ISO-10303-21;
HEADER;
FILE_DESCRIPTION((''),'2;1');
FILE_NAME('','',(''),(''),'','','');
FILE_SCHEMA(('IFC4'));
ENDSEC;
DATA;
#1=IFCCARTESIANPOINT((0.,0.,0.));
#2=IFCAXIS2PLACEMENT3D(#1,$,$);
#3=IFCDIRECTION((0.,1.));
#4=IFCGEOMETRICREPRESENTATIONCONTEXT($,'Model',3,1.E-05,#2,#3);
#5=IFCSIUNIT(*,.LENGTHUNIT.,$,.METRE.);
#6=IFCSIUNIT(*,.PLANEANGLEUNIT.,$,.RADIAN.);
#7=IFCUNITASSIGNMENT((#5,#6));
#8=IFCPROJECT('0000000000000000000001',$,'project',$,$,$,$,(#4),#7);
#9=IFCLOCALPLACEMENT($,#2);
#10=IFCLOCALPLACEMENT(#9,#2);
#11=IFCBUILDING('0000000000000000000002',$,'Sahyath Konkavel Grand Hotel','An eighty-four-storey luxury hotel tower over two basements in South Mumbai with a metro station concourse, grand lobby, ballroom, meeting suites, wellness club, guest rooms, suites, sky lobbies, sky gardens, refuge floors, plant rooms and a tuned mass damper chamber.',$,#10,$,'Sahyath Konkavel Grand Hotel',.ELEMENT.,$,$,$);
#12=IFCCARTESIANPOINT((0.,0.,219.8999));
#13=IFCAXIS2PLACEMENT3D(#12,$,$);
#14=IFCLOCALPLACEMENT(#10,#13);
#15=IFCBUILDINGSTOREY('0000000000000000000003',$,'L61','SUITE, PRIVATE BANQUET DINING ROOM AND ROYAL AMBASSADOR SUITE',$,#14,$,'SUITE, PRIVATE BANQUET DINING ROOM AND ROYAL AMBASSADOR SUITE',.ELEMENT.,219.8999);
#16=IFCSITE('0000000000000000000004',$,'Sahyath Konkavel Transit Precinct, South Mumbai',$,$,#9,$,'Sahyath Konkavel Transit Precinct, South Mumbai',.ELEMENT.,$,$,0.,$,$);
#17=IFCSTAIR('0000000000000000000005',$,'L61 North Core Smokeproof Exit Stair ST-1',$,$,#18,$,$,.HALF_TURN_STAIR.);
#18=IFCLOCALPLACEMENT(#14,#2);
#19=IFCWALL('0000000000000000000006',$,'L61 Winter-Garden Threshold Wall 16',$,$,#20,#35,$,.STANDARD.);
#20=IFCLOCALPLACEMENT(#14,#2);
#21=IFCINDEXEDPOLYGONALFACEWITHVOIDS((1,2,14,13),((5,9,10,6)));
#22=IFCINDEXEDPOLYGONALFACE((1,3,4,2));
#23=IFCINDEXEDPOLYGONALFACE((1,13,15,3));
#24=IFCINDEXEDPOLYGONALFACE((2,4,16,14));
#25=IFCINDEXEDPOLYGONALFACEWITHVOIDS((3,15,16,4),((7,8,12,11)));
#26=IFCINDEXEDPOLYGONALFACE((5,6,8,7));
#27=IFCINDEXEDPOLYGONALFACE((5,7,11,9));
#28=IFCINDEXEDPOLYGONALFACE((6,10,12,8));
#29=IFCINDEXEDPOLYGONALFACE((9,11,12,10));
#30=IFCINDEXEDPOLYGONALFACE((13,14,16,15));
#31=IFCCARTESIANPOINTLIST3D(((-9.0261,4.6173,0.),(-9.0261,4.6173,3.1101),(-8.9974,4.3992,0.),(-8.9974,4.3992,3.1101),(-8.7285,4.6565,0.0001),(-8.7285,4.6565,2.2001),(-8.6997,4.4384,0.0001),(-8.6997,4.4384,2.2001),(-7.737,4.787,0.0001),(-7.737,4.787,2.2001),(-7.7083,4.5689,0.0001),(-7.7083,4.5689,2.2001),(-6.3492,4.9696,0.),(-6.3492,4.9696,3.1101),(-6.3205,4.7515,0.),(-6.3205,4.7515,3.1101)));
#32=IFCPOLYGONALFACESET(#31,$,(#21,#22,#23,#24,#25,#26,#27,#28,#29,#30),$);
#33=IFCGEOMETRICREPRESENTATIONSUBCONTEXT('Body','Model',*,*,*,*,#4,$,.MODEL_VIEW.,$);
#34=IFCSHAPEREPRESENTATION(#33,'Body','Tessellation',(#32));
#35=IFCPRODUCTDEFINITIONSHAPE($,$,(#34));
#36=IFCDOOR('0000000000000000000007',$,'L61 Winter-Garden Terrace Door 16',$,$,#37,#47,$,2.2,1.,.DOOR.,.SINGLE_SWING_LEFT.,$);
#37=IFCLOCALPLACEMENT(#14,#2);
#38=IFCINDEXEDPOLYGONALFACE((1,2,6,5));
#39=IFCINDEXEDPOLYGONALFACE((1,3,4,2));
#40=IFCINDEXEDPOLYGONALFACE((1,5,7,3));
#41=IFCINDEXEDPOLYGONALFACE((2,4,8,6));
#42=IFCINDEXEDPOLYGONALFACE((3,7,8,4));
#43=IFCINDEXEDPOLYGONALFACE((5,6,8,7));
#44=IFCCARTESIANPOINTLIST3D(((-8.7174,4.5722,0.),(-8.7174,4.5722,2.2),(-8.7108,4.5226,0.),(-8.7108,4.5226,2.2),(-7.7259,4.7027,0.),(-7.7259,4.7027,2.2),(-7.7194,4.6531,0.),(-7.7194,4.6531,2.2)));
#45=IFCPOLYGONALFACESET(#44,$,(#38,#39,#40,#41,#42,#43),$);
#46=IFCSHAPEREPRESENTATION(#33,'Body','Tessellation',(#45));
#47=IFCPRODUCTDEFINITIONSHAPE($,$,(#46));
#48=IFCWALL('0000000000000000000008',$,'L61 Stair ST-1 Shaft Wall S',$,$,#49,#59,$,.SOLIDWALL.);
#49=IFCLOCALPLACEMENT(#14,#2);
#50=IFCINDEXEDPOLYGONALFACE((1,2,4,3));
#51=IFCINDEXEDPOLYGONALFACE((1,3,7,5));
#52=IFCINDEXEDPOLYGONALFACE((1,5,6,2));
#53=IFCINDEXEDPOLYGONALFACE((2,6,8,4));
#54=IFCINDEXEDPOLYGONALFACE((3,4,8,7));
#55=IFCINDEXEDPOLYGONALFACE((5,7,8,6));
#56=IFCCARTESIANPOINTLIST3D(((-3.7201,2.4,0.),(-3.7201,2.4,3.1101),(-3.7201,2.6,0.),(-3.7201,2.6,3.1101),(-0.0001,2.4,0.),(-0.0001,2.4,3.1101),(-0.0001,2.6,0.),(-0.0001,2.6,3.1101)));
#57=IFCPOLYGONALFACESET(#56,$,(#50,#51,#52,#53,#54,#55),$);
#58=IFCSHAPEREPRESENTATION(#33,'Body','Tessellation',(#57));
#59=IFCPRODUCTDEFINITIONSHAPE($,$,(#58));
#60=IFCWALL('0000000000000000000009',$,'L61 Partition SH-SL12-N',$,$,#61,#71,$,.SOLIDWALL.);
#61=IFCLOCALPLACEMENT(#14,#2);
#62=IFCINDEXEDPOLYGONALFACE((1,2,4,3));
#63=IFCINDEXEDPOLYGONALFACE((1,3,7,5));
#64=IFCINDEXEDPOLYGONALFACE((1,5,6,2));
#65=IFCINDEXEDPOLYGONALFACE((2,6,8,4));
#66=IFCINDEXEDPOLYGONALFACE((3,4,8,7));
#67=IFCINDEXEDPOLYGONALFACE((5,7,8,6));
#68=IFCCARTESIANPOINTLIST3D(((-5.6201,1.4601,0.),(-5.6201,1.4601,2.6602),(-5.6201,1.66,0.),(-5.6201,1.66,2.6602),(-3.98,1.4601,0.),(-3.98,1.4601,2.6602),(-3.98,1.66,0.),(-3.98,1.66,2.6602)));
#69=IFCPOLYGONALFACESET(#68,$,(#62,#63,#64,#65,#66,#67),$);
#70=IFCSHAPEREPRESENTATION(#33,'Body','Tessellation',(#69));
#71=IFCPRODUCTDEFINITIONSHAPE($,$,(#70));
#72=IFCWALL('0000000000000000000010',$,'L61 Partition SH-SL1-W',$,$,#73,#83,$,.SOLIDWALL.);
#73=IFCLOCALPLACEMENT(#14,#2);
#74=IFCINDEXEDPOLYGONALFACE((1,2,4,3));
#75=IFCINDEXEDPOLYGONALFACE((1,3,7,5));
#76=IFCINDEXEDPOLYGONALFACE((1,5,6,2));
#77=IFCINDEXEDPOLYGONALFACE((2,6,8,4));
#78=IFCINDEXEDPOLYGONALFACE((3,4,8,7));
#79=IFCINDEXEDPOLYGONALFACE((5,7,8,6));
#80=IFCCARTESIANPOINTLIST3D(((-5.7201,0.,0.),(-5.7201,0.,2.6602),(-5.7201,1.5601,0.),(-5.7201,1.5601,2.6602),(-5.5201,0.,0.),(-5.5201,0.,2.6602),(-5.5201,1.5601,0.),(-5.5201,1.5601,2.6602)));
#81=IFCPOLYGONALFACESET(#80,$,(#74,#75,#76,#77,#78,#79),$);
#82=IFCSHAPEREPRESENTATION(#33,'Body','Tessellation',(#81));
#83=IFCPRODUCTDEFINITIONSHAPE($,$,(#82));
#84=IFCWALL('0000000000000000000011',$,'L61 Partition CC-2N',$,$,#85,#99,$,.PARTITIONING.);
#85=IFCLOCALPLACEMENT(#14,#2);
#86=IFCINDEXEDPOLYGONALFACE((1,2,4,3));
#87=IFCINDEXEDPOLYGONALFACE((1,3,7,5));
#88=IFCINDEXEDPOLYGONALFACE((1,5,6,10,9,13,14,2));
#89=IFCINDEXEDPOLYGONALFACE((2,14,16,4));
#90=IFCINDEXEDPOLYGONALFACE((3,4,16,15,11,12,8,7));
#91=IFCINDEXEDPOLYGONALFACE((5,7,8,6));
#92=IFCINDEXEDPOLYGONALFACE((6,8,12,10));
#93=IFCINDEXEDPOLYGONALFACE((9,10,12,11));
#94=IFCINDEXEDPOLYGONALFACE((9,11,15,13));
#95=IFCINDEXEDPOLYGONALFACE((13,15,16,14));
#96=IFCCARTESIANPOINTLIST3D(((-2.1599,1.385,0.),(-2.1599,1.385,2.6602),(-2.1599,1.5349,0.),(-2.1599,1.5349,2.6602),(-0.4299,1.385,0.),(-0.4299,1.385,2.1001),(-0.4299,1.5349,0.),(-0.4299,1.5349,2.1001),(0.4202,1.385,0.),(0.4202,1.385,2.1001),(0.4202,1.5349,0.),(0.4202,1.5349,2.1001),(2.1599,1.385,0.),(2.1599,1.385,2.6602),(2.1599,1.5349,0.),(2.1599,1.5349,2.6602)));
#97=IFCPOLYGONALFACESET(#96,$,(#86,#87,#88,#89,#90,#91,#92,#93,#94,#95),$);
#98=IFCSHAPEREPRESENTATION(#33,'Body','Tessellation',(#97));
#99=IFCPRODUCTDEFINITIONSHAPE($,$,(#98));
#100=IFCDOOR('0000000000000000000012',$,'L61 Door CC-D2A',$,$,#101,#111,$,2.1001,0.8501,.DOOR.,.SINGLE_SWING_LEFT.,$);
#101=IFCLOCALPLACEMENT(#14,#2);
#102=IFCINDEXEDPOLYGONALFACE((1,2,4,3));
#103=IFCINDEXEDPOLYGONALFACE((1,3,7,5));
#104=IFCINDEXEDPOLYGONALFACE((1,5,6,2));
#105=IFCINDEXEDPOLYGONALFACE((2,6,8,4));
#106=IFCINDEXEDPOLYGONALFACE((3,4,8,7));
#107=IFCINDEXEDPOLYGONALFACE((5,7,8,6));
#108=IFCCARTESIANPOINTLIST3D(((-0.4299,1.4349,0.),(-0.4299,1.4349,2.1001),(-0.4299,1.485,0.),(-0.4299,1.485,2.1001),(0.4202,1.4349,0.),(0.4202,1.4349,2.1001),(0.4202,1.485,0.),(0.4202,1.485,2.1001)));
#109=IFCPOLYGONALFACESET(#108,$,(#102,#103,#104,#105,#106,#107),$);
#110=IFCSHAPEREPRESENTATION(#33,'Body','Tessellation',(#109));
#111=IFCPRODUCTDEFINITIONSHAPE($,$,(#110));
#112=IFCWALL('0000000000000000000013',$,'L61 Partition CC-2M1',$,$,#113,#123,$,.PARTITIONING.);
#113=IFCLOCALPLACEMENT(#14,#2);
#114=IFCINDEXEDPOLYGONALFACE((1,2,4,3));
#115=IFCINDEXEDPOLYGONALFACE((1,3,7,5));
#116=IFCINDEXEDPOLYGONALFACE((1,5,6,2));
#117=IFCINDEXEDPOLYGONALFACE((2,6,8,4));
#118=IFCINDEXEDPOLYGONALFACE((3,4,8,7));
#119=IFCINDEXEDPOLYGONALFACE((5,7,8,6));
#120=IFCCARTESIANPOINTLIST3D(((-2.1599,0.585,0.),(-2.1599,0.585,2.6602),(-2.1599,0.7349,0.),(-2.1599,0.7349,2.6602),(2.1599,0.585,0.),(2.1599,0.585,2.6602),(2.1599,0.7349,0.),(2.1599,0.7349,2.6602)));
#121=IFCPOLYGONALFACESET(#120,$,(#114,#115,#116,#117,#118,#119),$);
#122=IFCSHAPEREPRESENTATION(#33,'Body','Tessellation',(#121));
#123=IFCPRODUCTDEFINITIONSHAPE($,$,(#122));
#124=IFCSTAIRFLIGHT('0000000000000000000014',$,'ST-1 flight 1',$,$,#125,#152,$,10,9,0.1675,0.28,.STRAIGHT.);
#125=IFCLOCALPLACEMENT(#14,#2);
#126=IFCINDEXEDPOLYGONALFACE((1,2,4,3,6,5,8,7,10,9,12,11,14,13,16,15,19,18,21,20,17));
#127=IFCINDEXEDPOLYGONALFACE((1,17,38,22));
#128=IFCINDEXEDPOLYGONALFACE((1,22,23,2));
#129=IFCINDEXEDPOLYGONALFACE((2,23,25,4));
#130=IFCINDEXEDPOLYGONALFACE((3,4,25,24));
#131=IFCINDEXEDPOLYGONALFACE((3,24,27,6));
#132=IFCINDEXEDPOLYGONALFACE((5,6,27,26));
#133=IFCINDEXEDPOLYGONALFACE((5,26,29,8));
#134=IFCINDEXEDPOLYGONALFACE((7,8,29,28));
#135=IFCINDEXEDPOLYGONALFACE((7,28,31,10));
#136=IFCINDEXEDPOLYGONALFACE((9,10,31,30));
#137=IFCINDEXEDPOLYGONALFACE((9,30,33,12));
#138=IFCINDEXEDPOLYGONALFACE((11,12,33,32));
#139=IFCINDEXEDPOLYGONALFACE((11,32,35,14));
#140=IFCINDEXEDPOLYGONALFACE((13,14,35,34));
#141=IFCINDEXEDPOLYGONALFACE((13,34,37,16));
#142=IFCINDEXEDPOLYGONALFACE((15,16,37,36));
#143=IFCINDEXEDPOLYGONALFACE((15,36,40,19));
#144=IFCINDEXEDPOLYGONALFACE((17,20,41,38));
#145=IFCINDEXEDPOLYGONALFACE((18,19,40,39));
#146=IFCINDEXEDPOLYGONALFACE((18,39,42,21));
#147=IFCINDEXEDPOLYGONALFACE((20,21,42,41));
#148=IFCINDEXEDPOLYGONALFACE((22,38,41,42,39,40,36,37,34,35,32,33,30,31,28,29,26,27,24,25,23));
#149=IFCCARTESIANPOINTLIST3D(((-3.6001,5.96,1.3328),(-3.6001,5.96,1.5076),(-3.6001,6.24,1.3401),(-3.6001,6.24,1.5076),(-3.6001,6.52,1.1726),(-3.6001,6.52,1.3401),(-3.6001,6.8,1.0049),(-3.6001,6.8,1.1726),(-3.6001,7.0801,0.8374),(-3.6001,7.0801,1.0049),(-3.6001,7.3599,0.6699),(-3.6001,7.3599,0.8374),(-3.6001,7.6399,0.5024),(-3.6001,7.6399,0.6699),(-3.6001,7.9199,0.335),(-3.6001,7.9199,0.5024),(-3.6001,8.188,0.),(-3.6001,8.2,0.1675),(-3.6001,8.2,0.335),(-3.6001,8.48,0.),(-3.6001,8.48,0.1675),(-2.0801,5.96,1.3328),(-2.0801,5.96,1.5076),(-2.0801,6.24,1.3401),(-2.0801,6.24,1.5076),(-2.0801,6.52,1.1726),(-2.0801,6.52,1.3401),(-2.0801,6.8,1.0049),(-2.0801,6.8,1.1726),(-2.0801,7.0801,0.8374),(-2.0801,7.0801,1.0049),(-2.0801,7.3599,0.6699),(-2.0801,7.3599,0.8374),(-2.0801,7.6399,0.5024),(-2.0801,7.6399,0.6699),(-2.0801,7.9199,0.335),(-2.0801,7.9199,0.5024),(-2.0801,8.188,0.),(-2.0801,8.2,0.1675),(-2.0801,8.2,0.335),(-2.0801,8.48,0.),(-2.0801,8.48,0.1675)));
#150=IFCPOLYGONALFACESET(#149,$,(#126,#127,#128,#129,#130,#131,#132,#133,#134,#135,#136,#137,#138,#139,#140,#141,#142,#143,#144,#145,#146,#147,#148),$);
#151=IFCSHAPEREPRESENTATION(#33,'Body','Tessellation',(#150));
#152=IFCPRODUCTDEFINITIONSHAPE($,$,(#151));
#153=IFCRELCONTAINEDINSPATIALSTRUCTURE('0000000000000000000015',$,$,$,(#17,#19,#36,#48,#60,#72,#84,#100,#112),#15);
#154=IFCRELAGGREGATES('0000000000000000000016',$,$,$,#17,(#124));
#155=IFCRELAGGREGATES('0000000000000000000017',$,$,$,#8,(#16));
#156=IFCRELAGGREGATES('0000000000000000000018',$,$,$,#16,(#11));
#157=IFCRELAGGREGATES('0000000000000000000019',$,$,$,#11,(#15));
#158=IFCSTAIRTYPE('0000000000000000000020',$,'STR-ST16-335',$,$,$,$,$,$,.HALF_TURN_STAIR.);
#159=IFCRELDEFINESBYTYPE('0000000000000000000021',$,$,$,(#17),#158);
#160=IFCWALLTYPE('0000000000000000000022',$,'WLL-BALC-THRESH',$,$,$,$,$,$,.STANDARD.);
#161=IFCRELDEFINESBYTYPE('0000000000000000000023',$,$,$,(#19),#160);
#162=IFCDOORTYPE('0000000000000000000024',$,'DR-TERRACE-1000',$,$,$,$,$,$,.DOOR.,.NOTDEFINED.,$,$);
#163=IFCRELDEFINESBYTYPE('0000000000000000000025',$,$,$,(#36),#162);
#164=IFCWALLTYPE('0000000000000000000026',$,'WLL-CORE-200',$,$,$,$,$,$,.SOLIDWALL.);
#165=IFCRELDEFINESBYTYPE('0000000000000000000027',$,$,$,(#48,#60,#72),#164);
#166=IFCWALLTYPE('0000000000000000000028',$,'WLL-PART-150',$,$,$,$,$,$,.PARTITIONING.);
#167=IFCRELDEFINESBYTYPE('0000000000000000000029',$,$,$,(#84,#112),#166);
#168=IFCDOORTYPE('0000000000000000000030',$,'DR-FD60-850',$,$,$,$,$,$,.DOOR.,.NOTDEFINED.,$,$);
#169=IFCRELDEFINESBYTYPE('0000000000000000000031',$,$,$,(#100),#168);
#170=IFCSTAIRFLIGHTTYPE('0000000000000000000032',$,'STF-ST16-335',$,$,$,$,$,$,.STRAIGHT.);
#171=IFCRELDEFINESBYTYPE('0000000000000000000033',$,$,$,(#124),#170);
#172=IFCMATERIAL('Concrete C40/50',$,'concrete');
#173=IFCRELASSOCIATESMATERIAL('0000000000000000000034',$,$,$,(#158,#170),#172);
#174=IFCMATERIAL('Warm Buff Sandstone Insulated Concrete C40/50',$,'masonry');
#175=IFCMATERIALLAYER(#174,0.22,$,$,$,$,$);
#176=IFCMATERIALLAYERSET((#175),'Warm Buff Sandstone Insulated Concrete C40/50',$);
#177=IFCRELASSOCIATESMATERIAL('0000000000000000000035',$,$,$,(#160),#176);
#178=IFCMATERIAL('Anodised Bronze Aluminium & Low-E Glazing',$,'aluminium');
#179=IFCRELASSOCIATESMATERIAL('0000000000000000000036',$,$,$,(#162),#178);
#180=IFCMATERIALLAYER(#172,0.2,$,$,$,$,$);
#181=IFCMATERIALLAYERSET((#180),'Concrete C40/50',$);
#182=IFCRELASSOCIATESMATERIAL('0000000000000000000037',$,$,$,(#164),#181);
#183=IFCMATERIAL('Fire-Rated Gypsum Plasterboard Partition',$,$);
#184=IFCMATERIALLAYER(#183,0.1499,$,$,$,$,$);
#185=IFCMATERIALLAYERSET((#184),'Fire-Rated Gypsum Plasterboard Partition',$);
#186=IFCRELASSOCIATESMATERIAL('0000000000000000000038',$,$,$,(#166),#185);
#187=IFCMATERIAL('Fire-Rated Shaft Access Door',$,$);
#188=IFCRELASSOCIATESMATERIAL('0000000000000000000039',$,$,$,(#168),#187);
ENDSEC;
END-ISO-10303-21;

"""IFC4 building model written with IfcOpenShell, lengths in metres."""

from ifc_helpers import new_model, si_unit, direction, frame, frame_2d, origin, origin_2d, place, context, subcontext, project, spatial, polyline, rectangle, outline, extrude, source, transform, mapped, material, layer, layer_set, type_object, element, fill, aggregate, save


model = new_model("IFC4")

# Units and contexts
model_context = context("Model", 3, precision=1e-05, world=origin(), true_north=direction((0.0, 1.0)))
body_context = subcontext(model_context, "Body", "Model", "MODEL_VIEW")
ifc_project = project(units=[si_unit("LENGTHUNIT", "METRE"), si_unit("PLANEANGLEUNIT", "RADIAN")], contexts=[model_context])

# Site, building, storey
site_placement = place(None, origin())
site = spatial("IfcSite", under=ifc_project, at=site_placement, Name="Sahyath Konkavel Transit Precinct, South Mumbai", LongName="Sahyath Konkavel Transit Precinct, South Mumbai", CompositionType="ELEMENT", RefElevation=0.0)
building_placement = place(site_placement, origin())
building = spatial("IfcBuilding", under=site, at=building_placement, Name="Sahyath Konkavel Grand Hotel", Description="An eighty-four-storey luxury hotel tower over two basements in South Mumbai with a metro station concourse, grand lobby, ballroom, meeting suites, wellness club, guest rooms, suites, sky lobbies, sky gardens, refuge floors, plant rooms and a tuned mass damper chamber.", LongName="Sahyath Konkavel Grand Hotel", CompositionType="ELEMENT")
storey_placement = place(building_placement, frame((0.0, 0.0, 219.8999)))
storey = spatial("IfcBuildingStorey", under=building, at=storey_placement, Name="L61", Description="SUITE, PRIVATE BANQUET DINING ROOM AND ROYAL AMBASSADOR SUITE", LongName="SUITE, PRIVATE BANQUET DINING ROOM AND ROYAL AMBASSADOR SUITE", CompositionType="ELEMENT", Elevation=219.8999)

# Shared definitions
ifc_material_1 = material(Name="Concrete C40/50", Category="concrete")

# Shared definitions
ifc_material_2 = material(Name="Anodised Bronze Aluminium & Low-E Glazing", Category="aluminium")

# Stair
stair_type = type_object("IfcStairType", Name="STR-ST16-335", PredefinedType="HALF_TURN_STAIR", material=ifc_material_1)
stair_1_placement = place(storey_placement, origin())
stair_1 = element("IfcStair", 1, at=stair_1_placement, inside=storey, type_object=stair_type, Name="L61 North Core Smokeproof Exit Stair ST-1", PredefinedType="HALF_TURN_STAIR")

# Wall, opening, door
ifc_material_3 = material(Name="Warm Buff Sandstone Insulated Concrete C40/50", Category="masonry")
ifc_layer_1 = layer(ifc_material_3, 0.22)
ifc_layer_set_1 = layer_set([ifc_layer_1], Name="Warm Buff Sandstone Insulated Concrete C40/50")
wall_type_1 = type_object("IfcWallType", Name="WLL-BALC-THRESH", PredefinedType="STANDARD", material=ifc_layer_set_1)
wall_1_placement = place(storey_placement, frame((-6.3347, 4.8606, 0.0), z_axis=(0.0, 0.0, 1.0), x_axis=(-0.99145, -0.130487, 0.0)))
wall_1 = element("IfcWall", 2, at=wall_1_placement, inside=storey, type_object=wall_type_1, Name="L61 Winter-Garden Threshold Wall 16", PredefinedType="STANDARD", context=body_context, shape_type="SweptSolid", body=[
    extrude(rectangle(XDim=2.7, YDim=0.22, at=frame_2d((1.3501, 0.0))), origin(), (0.0, 0.0, 1.0), 3.1101),
])
opening_1_placement = place(wall_1_placement, frame((1.3999, 0.0, 0.0)))
opening_1 = element("IfcOpeningElement", 3, at=opening_1_placement, cuts=wall_1, PredefinedType="OPENING", context=body_context, shape_type="SweptSolid", body=[
    extrude(rectangle(XDim=1.0, YDim=2.2, at=frame_2d((0.5, 1.1001))), frame((0.0, 0.1201, 0.0), z_axis=(0.0, -1.0, 0.0), x_axis=(1.0, 0.0, 0.0)), (0.0, 0.0, 1.0), 0.24),
])
door_type_1 = type_object("IfcDoorType", Name="DR-TERRACE-1000", OperationType="NOTDEFINED", PredefinedType="DOOR", material=ifc_material_2)
shared_shape_1 = source(origin(), body_context, "Body", "SweptSolid", [
    extrude(rectangle(XDim=1.0, YDim=0.05, at=origin_2d()), origin(), (0.0, 0.0, 1.0), 2.2),
])
door_1_placement = place(opening_1_placement, frame((0.5, 0.0, 0.0)))
door_1 = element("IfcDoor", 4, at=door_1_placement, inside=storey, type_object=door_type_1, Name="L61 Winter-Garden Terrace Door 16", OperationType="SINGLE_SWING_LEFT", OverallHeight=2.2, OverallWidth=1.0, PredefinedType="DOOR", context=body_context, shape_type="MappedRepresentation", body=[
    mapped(shared_shape_1, transform((0.0, 0.0, 0.0), scale=1.0)),
])
fill(opening_1, door_1)

# Walls
ifc_layer_2 = layer(ifc_material_1, 0.2)
ifc_layer_set_2 = layer_set([ifc_layer_2], Name="Concrete C40/50")
wall_type_2 = type_object("IfcWallType", Name="WLL-CORE-200", PredefinedType="SOLIDWALL", material=ifc_layer_set_2)
wall_2_placement = place(storey_placement, frame((-3.72, 2.5, 0.0), z_axis=(0.0, 0.0, 1.0), x_axis=(1.0, 0.0, 0.0)))
element("IfcWall", 5, at=wall_2_placement, inside=storey, type_object=wall_type_2, Name="L61 Stair ST-1 Shaft Wall S", PredefinedType="SOLIDWALL", context=body_context, shape_type="SweptSolid", body=[
    extrude(rectangle(XDim=3.72, YDim=0.2, at=frame_2d((1.8599, 0.0))), origin(), (0.0, 0.0, 1.0), 3.1101),
])
wall_3_placement = place(storey_placement, frame((-5.6201, 1.5601, 0.0), z_axis=(0.0, 0.0, 1.0), x_axis=(1.0, 0.0, 0.0)))
element("IfcWall", 6, at=wall_3_placement, inside=storey, type_object=wall_type_2, Name="L61 Partition SH-SL12-N", PredefinedType="SOLIDWALL", context=body_context, shape_type="SweptSolid", body=[
    extrude(rectangle(XDim=1.6401, YDim=0.2, at=frame_2d((0.8201, 0.0))), origin(), (0.0, 0.0, 1.0), 2.6602),
])
wall_4_placement = place(storey_placement, frame((-5.6201, 0.0, 0.0), z_axis=(0.0, 0.0, 1.0), x_axis=(0.0, 1.0, 0.0)))
element("IfcWall", 7, at=wall_4_placement, inside=storey, type_object=wall_type_2, Name="L61 Partition SH-SL1-W", PredefinedType="SOLIDWALL", context=body_context, shape_type="SweptSolid", body=[
    extrude(rectangle(XDim=1.5601, YDim=0.2, at=frame_2d((0.78, 0.0))), origin(), (0.0, 0.0, 1.0), 2.6602),
])

# Wall, opening, door
ifc_material_4 = material(Name="Fire-Rated Gypsum Plasterboard Partition")
ifc_layer_3 = layer(ifc_material_4, 0.1499)
ifc_layer_set_3 = layer_set([ifc_layer_3], Name="Fire-Rated Gypsum Plasterboard Partition")
wall_type_3 = type_object("IfcWallType", Name="WLL-PART-150", PredefinedType="PARTITIONING", material=ifc_layer_set_3)
wall_5_placement = place(storey_placement, frame((-2.1599, 1.46, 0.0), z_axis=(0.0, 0.0, 1.0), x_axis=(1.0, 0.0, 0.0)))
wall_5 = element("IfcWall", 8, at=wall_5_placement, inside=storey, type_object=wall_type_3, Name="L61 Partition CC-2N", PredefinedType="PARTITIONING", context=body_context, shape_type="SweptSolid", body=[
    extrude(rectangle(XDim=4.3198, YDim=0.1499, at=frame_2d((2.1599, 0.0))), origin(), (0.0, 0.0, 1.0), 2.6602),
])
opening_2_placement = place(wall_5_placement, frame((1.73, 0.0, 0.0)))
opening_2 = element("IfcOpeningElement", 9, at=opening_2_placement, cuts=wall_5, PredefinedType="OPENING", context=body_context, shape_type="SweptSolid", body=[
    extrude(rectangle(XDim=0.8501, YDim=2.1001, at=frame_2d((0.425, 1.05))), frame((0.0, 0.085, 0.0), z_axis=(0.0, -1.0, 0.0), x_axis=(1.0, 0.0, 0.0)), (0.0, 0.0, 1.0), 0.1699),
])
ifc_material_5 = material(Name="Fire-Rated Shaft Access Door")
door_type_2 = type_object("IfcDoorType", Name="DR-FD60-850", OperationType="NOTDEFINED", PredefinedType="DOOR", material=ifc_material_5)
shared_shape_2 = source(origin(), body_context, "Body", "SweptSolid", [
    extrude(rectangle(XDim=0.8501, YDim=0.05, at=origin_2d()), origin(), (0.0, 0.0, 1.0), 2.1001),
])
door_2_placement = place(opening_2_placement, frame((0.425, 0.0, 0.0)))
door_2 = element("IfcDoor", 10, at=door_2_placement, inside=storey, type_object=door_type_2, Name="L61 Door CC-D2A", OperationType="SINGLE_SWING_LEFT", OverallHeight=2.1001, OverallWidth=0.8501, PredefinedType="DOOR", context=body_context, shape_type="MappedRepresentation", body=[
    mapped(shared_shape_2, transform((0.0, 0.0, 0.0), scale=1.0)),
])
fill(opening_2, door_2)

# Wall
wall_6_placement = place(storey_placement, frame((-2.1599, 0.6599, 0.0), z_axis=(0.0, 0.0, 1.0), x_axis=(1.0, 0.0, 0.0)))
element("IfcWall", 11, at=wall_6_placement, inside=storey, type_object=wall_type_3, Name="L61 Partition CC-2M1", PredefinedType="PARTITIONING", context=body_context, shape_type="SweptSolid", body=[
    extrude(rectangle(XDim=4.3198, YDim=0.1499, at=frame_2d((2.1599, 0.0))), origin(), (0.0, 0.0, 1.0), 2.6602),
])

# Stair flight
stair_flight_type = type_object("IfcStairFlightType", Name="STF-ST16-335", PredefinedType="STRAIGHT", material=ifc_material_1)
stair_flight_1_placement = place(storey_placement, frame((-2.8401, 8.48, 0.0), z_axis=(0.0, 0.0, 1.0), x_axis=(0.0, -1.0, 0.0)))
stair_flight_1 = element("IfcStairFlight", 12, at=stair_flight_1_placement, type_object=stair_flight_type, Name="ST-1 flight 1", NumberOfRisers=10, NumberOfTreads=9, PredefinedType="STRAIGHT", RiserHeight=0.1675, TreadLength=0.28, context=body_context, shape_type="SweptSolid", body=[
    extrude(outline(polyline([(0.0, 0.0), (0.0, 0.1675), (0.28, 0.1675), (0.28, 0.335), (0.5601, 0.335), (0.5601, 0.5024), (0.8401, 0.5024), (0.8401, 0.6699), (1.1201, 0.6699), (1.1201, 0.8374), (1.3999, 0.8374), (1.3999, 1.0049), (1.6799, 1.0049), (1.6799, 1.1726), (1.96, 1.1726), (1.96, 1.3401), (2.24, 1.3401), (2.24, 1.5076), (2.52, 1.5076), (2.52, 1.675), (2.52, 1.3328), (0.292, 0.0), (0.0, 0.0)])), frame((0.0, 0.76, 0.0), z_axis=(0.0, -1.0, 0.0), x_axis=(1.0, 0.0, 0.0)), (0.0, 0.0, 1.0), 1.52),
])
aggregate(stair_1, [stair_flight_1])

save(model, "model.ifc")
